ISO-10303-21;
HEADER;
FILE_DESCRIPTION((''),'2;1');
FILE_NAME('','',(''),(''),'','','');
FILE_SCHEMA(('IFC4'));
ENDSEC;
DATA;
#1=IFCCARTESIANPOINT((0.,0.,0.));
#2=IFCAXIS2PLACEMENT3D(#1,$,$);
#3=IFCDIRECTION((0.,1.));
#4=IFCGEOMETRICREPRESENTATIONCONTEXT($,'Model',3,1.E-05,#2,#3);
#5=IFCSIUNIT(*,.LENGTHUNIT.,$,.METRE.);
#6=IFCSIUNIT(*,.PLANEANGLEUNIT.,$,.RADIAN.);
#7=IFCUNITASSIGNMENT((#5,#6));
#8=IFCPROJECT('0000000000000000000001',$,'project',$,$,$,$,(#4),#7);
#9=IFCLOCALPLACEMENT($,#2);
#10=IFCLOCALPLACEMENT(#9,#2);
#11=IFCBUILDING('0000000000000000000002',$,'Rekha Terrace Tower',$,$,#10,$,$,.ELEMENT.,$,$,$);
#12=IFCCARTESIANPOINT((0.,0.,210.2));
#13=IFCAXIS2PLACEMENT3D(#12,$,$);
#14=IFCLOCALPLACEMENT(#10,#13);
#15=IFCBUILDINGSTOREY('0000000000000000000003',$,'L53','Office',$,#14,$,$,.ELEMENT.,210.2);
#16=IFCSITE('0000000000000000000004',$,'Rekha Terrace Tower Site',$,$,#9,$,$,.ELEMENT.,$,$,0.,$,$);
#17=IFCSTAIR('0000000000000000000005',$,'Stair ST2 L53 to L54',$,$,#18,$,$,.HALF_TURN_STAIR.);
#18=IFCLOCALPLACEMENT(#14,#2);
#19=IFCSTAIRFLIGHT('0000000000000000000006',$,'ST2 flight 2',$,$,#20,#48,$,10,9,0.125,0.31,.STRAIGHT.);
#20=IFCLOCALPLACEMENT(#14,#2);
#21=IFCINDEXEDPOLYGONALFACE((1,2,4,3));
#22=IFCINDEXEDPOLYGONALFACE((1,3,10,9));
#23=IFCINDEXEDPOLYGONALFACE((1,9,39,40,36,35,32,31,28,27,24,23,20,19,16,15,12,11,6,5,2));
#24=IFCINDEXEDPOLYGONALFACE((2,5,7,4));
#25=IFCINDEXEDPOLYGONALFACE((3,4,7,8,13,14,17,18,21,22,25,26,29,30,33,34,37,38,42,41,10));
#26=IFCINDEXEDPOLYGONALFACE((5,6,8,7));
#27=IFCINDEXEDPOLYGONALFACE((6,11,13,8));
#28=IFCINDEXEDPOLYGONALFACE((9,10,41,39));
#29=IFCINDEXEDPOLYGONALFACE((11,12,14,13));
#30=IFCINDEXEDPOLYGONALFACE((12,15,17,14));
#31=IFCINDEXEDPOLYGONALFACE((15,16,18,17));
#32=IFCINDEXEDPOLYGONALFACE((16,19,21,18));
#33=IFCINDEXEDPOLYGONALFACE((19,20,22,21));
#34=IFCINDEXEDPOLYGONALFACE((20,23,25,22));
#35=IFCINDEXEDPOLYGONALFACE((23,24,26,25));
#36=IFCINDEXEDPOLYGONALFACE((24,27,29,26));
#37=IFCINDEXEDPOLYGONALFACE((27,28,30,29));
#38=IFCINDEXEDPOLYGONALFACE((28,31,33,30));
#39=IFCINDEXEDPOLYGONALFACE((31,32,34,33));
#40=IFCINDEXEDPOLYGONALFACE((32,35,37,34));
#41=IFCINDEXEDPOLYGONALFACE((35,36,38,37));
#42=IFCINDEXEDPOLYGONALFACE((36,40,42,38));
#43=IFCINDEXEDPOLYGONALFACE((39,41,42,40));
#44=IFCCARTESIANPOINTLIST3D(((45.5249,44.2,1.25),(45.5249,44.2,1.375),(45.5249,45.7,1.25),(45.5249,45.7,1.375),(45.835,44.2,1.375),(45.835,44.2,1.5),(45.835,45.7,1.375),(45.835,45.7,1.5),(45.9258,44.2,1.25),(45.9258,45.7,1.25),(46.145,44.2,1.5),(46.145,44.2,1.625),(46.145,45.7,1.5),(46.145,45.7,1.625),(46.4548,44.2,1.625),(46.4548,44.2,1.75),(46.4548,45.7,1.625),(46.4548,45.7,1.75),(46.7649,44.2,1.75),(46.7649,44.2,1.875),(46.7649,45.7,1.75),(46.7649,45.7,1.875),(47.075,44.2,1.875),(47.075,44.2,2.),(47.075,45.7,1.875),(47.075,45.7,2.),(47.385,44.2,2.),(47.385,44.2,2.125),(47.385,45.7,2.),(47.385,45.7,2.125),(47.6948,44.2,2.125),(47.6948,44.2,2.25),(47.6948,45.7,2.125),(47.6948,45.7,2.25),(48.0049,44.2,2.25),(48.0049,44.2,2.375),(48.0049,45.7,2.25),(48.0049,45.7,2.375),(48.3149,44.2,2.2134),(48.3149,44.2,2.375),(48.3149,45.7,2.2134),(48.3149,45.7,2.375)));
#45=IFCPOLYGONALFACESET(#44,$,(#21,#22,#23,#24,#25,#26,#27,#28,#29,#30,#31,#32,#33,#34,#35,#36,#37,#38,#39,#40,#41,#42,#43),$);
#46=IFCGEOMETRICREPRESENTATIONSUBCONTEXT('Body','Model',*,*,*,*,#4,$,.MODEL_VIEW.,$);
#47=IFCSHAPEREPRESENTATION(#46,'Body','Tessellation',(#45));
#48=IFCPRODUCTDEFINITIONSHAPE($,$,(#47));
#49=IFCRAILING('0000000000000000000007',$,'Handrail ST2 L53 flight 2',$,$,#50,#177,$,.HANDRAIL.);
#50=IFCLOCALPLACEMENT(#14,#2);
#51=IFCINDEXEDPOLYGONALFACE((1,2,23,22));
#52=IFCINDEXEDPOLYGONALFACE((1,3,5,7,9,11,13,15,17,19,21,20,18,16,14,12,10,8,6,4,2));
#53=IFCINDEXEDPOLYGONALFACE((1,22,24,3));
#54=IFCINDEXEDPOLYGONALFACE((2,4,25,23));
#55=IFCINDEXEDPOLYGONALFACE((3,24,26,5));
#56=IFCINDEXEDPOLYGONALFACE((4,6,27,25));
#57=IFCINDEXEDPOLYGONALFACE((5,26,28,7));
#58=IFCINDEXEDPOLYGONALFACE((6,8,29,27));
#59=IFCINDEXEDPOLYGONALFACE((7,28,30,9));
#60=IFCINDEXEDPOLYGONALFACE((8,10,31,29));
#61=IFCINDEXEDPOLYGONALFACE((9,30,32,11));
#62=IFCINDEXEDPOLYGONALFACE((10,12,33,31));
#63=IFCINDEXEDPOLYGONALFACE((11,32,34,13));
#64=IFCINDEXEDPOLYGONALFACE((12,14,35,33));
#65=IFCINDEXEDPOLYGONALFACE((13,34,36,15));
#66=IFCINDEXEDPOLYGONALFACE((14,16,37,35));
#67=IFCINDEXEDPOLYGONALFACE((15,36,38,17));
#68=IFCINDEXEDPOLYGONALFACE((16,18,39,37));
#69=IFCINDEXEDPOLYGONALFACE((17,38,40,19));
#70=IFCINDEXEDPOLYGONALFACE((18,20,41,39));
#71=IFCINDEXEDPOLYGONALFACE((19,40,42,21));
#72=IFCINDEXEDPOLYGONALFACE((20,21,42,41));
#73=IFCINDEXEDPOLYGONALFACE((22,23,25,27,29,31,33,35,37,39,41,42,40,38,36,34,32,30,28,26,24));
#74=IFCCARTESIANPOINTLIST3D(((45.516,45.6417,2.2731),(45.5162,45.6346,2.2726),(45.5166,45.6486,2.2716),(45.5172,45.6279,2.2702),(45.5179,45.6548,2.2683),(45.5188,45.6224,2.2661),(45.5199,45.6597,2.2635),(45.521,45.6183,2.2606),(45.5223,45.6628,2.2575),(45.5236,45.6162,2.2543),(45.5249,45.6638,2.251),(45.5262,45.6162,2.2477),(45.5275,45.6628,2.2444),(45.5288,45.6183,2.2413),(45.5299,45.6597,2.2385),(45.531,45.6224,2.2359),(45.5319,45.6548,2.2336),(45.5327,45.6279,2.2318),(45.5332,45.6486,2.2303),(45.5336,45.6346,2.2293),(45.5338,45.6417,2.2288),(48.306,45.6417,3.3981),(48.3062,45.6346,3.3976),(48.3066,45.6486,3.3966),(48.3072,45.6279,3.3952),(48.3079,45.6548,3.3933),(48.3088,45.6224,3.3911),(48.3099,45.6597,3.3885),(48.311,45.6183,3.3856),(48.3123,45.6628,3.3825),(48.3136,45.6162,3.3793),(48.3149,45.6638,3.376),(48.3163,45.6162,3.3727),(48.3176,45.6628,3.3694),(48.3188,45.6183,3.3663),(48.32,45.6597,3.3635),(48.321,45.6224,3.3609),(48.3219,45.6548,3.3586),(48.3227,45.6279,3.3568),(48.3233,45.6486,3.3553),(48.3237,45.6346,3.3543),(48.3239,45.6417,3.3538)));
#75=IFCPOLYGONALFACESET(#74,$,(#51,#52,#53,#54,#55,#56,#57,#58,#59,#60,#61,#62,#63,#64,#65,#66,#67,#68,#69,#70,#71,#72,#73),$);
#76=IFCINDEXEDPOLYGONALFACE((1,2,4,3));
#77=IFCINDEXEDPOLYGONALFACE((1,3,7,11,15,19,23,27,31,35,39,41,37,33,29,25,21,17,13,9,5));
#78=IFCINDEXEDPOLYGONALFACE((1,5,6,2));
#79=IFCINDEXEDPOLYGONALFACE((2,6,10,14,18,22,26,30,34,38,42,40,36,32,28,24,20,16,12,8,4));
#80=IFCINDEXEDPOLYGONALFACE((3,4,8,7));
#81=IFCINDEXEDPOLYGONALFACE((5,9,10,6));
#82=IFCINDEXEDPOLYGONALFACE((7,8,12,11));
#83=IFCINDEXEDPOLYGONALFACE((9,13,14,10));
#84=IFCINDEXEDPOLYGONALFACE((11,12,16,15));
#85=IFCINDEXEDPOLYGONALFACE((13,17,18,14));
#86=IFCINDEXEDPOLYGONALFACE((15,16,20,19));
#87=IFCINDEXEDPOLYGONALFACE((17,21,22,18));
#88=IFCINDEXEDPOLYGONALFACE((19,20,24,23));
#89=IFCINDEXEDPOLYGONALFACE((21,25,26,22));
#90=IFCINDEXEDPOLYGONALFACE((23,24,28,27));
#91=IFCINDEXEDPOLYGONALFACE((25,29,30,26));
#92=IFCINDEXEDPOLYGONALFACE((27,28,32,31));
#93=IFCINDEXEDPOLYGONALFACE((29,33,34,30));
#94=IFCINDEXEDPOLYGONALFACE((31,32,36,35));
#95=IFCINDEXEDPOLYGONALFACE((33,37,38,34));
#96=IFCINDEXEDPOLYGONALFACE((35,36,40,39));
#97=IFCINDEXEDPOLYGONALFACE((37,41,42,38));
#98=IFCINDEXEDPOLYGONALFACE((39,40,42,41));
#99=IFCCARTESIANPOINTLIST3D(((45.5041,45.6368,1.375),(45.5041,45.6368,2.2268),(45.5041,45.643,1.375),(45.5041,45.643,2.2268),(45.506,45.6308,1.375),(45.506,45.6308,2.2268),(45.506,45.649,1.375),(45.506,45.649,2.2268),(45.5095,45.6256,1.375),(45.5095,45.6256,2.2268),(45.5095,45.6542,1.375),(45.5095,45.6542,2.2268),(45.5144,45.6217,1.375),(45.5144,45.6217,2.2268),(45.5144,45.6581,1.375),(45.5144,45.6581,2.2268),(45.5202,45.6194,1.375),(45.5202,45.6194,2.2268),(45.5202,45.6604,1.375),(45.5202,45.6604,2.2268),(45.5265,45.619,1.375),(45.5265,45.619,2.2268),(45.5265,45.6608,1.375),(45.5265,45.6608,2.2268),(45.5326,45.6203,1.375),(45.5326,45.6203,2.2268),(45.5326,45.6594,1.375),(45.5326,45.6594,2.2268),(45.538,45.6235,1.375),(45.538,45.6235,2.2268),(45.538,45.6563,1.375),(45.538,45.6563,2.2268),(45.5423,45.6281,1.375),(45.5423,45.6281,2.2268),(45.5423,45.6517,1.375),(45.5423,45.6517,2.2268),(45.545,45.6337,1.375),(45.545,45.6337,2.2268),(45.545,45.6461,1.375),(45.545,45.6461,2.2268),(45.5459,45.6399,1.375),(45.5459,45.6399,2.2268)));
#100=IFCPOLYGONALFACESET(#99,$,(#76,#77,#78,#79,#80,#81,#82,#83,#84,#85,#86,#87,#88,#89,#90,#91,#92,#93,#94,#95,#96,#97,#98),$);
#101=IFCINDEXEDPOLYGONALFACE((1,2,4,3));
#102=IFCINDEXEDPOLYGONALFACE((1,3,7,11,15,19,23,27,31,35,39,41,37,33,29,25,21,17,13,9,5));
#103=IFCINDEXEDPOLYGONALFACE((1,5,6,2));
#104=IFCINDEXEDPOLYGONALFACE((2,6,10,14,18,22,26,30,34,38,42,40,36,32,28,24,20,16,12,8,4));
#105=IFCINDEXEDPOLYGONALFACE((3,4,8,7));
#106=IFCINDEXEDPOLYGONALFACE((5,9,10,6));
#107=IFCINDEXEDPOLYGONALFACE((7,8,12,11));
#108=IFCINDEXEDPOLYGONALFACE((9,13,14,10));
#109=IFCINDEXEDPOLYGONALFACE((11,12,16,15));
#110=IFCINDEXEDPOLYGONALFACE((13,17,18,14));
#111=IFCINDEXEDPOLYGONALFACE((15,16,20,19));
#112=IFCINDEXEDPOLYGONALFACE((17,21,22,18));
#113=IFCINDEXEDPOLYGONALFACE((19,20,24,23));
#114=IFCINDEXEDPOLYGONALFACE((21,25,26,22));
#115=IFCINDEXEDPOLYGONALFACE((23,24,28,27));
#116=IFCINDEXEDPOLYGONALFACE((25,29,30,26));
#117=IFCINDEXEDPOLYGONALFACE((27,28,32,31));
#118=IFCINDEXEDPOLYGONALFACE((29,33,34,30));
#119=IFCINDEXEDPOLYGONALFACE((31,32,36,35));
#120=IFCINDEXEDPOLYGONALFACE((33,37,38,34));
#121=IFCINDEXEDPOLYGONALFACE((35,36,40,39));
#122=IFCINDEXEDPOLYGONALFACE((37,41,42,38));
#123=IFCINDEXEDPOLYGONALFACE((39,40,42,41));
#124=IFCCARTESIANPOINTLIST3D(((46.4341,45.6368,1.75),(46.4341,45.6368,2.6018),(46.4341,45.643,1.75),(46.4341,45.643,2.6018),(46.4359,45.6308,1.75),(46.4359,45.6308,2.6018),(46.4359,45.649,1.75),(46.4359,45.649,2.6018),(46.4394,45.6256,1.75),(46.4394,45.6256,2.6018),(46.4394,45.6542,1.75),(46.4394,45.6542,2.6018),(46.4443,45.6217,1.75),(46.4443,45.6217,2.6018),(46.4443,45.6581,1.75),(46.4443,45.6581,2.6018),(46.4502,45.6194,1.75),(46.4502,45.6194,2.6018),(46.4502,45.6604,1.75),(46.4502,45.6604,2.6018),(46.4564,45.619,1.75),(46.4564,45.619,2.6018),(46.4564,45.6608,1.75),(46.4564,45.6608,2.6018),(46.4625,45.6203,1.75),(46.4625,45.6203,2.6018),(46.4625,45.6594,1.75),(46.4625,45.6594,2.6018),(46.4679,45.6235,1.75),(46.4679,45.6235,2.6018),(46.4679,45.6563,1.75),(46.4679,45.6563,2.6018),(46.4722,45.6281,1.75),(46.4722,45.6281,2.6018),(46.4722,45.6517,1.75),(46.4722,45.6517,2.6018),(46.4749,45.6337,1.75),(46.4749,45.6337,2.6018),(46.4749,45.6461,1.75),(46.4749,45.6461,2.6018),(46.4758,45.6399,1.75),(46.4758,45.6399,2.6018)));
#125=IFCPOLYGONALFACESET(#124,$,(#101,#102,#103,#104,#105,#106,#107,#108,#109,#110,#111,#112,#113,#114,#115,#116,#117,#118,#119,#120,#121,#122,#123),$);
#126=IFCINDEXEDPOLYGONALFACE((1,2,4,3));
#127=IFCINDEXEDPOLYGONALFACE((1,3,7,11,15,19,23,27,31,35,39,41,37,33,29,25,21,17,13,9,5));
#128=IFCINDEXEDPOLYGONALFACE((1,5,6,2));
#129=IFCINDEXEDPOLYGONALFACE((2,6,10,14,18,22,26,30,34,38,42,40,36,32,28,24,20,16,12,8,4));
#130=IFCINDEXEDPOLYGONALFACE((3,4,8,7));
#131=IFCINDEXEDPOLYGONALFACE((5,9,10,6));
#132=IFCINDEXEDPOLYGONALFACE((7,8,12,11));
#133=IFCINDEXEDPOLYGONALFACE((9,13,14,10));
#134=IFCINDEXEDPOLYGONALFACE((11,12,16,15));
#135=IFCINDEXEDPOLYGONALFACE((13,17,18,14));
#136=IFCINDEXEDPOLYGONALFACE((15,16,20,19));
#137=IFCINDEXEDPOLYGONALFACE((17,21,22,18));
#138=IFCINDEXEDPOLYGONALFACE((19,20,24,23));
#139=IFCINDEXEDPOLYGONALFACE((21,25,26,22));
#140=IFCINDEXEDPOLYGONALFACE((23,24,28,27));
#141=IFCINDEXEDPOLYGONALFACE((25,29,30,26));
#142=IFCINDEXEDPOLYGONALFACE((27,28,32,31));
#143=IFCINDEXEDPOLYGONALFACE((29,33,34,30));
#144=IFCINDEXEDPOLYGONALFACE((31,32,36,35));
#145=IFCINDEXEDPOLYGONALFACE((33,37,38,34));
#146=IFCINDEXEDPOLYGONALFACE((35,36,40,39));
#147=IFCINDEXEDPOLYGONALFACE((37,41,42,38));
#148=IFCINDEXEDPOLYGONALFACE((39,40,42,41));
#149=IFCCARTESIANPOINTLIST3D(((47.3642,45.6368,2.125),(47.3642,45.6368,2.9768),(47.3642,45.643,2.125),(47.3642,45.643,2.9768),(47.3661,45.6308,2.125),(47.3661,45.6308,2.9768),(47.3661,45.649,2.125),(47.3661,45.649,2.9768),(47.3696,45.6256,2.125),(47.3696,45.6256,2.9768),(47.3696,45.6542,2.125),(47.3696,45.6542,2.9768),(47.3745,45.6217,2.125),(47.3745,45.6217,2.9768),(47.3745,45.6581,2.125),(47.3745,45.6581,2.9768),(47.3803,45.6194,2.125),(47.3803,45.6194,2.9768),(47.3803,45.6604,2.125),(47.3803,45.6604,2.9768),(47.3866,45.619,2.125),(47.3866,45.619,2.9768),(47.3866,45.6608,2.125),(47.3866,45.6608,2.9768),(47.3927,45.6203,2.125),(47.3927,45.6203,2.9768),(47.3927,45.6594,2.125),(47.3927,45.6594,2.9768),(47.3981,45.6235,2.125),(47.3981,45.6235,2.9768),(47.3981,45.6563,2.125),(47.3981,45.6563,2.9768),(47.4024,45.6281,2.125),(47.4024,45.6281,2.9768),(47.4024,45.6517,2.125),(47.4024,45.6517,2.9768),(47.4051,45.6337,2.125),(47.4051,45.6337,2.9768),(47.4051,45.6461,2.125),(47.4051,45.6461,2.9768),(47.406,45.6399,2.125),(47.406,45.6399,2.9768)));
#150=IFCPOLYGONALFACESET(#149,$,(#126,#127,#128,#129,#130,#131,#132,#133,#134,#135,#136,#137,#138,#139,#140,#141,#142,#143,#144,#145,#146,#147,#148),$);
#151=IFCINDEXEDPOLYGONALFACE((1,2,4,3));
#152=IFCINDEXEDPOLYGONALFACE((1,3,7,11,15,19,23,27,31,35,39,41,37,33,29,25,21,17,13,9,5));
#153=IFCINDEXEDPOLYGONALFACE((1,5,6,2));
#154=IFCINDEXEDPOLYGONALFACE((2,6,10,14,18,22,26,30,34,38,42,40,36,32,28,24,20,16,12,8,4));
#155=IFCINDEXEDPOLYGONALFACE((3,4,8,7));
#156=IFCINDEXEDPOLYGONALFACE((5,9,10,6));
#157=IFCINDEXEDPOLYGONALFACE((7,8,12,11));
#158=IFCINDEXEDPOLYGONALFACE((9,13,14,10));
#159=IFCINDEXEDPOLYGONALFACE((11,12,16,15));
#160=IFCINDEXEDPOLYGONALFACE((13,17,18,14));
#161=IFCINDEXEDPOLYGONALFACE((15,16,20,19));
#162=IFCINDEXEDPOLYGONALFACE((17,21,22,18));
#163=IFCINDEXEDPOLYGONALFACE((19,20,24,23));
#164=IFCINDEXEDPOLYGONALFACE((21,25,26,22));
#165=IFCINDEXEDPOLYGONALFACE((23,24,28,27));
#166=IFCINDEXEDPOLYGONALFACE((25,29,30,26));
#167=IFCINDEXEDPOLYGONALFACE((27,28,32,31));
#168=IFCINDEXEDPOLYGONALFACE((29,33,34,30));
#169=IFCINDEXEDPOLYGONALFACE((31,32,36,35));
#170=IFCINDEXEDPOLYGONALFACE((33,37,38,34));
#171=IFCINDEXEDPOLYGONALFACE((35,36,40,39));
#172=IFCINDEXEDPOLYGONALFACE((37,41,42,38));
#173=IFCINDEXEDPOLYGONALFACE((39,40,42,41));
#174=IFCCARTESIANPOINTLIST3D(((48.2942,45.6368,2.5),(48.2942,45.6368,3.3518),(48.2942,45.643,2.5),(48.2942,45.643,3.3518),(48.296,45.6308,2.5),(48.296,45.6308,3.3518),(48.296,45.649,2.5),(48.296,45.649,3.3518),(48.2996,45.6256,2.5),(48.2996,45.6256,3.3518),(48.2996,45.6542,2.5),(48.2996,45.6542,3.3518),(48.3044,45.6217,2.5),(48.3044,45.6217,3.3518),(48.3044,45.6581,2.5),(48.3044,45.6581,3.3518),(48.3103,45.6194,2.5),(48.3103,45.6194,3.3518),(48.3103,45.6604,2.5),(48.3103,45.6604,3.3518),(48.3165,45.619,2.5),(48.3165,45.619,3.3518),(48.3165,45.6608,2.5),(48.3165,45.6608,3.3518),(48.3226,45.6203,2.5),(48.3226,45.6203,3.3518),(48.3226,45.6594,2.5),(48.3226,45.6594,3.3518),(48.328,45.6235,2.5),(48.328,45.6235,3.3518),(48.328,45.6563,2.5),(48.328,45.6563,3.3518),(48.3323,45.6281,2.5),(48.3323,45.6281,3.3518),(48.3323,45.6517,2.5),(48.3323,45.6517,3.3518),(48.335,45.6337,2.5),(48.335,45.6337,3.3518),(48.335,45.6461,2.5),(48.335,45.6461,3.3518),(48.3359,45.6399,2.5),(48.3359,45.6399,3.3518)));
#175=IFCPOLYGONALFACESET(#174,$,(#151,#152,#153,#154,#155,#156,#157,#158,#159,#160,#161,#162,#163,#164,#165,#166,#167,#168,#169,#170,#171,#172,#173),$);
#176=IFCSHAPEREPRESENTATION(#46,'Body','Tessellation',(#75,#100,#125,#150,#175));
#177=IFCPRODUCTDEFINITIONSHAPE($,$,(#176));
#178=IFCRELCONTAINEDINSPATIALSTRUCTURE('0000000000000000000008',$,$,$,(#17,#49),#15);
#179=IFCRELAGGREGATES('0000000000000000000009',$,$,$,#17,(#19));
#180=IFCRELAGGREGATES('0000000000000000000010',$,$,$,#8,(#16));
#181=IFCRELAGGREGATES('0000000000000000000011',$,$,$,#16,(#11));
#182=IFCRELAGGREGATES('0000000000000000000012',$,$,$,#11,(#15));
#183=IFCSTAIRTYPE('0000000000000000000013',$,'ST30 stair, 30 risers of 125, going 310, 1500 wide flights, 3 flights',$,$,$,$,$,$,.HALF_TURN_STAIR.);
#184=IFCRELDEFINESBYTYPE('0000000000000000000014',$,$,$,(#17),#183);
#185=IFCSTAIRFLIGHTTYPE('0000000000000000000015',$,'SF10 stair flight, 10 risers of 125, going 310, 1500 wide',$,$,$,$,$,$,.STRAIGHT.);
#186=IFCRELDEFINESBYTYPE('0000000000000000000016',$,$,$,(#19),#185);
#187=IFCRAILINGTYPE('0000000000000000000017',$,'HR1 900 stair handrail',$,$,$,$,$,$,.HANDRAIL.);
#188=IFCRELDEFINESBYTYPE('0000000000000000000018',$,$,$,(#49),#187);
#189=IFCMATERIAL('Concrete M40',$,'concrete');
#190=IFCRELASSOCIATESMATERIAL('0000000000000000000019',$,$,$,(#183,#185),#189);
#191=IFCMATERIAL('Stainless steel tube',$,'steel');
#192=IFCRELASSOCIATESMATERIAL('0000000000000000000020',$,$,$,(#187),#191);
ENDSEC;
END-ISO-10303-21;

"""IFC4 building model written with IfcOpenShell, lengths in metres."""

from ifc_helpers import new_model, si_unit, direction, frame, origin, origin_2d, place, context, subcontext, project, spatial, polyline, circle, outline, extrude, material, type_object, element, aggregate, save


model = new_model("IFC4")

# Units and contexts
model_context = context("Model", 3, precision=1e-05, world=origin(), true_north=direction((0.0, 1.0)))
body_context = subcontext(model_context, "Body", "Model", "MODEL_VIEW")
ifc_project = project(units=[si_unit("LENGTHUNIT", "METRE"), si_unit("PLANEANGLEUNIT", "RADIAN")], contexts=[model_context])

# Site, building, storey
site_placement = place(None, origin())
site = spatial("IfcSite", under=ifc_project, at=site_placement, Name="Rekha Terrace Tower Site", CompositionType="ELEMENT", RefElevation=0.0)
building_placement = place(site_placement, origin())
building = spatial("IfcBuilding", under=site, at=building_placement, Name="Rekha Terrace Tower", CompositionType="ELEMENT")
storey_placement = place(building_placement, frame((0.0, 0.0, 210.2)))
storey = spatial("IfcBuildingStorey", under=building, at=storey_placement, Name="L53", Description="Office", CompositionType="ELEMENT", Elevation=210.2)

# Stair, stair flight
ifc_material_1 = material(Name="Concrete M40", Category="concrete")
stair_type = type_object("IfcStairType", Name="ST30 stair, 30 risers of 125, going 310, 1500 wide flights, 3 flights", PredefinedType="HALF_TURN_STAIR", material=ifc_material_1)
stair_placement = place(storey_placement, origin())
stair = element("IfcStair", 1, at=stair_placement, inside=storey, type_object=stair_type, Name="Stair ST2 L53 to L54", PredefinedType="HALF_TURN_STAIR")
stair_flight_type = type_object("IfcStairFlightType", Name="SF10 stair flight, 10 risers of 125, going 310, 1500 wide", PredefinedType="STRAIGHT", material=ifc_material_1)
stair_flight_placement = place(storey_placement, frame((45.5249, 44.95, 1.25), z_axis=(0.0, 0.0, 1.0), x_axis=(1.0, 0.0, 0.0)))
stair_flight = element("IfcStairFlight", 2, at=stair_flight_placement, type_object=stair_flight_type, Name="ST2 flight 2", NumberOfRisers=10, NumberOfTreads=9, PredefinedType="STRAIGHT", RiserHeight=0.125, TreadLength=0.31, context=body_context, shape_type="SweptSolid", body=[
    extrude(outline(polyline([(0.0, 0.0), (0.0, 0.125), (0.3101, 0.125), (0.3101, 0.25), (0.6201, 0.25), (0.6201, 0.375), (0.9299, 0.375), (0.9299, 0.5), (1.24, 0.5), (1.24, 0.625), (1.55, 0.625), (1.55, 0.75), (1.8601, 0.75), (1.8601, 0.875), (2.1699, 0.875), (2.1699, 1.0), (2.48, 1.0), (2.48, 1.125), (2.79, 1.125), (2.79, 1.25), (2.79, 0.9634), (0.4009, 0.0), (0.0, 0.0)])), frame((0.0, 0.75, 0.0), z_axis=(0.0, -1.0, 0.0), x_axis=(1.0, 0.0, 0.0)), (0.0, 0.0, 1.0), 1.5),
])
aggregate(stair, [stair_flight])

# Railing
ifc_material_2 = material(Name="Stainless steel tube", Category="steel")
railing_type = type_object("IfcRailingType", Name="HR1 900 stair handrail", PredefinedType="HANDRAIL", material=ifc_material_2)
railing_placement = place(storey_placement, frame((45.5249, 45.6399, 1.375)))
element("IfcRailing", 3, at=railing_placement, inside=storey, type_object=railing_type, Name="Handrail ST2 L53 flight 2", PredefinedType="HANDRAIL", context=body_context, shape_type="SweptSolid", body=[
    extrude(circle(Radius=0.0239, at=origin_2d()), frame((0.0, 0.0, 0.876), z_axis=(0.927443, 0.0, 0.373964), x_axis=(0.0, 1.0, 0.0)), (0.0, 0.0, 1.0), 3.0083),
    extrude(circle(Radius=0.021, at=origin_2d()), origin(), (0.0, 0.0, 1.0), 0.8518),
    extrude(circle(Radius=0.021, at=origin_2d()), frame((0.9299, 0.0, 0.375)), (0.0, 0.0, 1.0), 0.8518),
    extrude(circle(Radius=0.021, at=origin_2d()), frame((1.8601, 0.0, 0.75)), (0.0, 0.0, 1.0), 0.8518),
    extrude(circle(Radius=0.021, at=origin_2d()), frame((2.79, 0.0, 1.125)), (0.0, 0.0, 1.0), 0.8518),
])

save(model, "model.ifc")
